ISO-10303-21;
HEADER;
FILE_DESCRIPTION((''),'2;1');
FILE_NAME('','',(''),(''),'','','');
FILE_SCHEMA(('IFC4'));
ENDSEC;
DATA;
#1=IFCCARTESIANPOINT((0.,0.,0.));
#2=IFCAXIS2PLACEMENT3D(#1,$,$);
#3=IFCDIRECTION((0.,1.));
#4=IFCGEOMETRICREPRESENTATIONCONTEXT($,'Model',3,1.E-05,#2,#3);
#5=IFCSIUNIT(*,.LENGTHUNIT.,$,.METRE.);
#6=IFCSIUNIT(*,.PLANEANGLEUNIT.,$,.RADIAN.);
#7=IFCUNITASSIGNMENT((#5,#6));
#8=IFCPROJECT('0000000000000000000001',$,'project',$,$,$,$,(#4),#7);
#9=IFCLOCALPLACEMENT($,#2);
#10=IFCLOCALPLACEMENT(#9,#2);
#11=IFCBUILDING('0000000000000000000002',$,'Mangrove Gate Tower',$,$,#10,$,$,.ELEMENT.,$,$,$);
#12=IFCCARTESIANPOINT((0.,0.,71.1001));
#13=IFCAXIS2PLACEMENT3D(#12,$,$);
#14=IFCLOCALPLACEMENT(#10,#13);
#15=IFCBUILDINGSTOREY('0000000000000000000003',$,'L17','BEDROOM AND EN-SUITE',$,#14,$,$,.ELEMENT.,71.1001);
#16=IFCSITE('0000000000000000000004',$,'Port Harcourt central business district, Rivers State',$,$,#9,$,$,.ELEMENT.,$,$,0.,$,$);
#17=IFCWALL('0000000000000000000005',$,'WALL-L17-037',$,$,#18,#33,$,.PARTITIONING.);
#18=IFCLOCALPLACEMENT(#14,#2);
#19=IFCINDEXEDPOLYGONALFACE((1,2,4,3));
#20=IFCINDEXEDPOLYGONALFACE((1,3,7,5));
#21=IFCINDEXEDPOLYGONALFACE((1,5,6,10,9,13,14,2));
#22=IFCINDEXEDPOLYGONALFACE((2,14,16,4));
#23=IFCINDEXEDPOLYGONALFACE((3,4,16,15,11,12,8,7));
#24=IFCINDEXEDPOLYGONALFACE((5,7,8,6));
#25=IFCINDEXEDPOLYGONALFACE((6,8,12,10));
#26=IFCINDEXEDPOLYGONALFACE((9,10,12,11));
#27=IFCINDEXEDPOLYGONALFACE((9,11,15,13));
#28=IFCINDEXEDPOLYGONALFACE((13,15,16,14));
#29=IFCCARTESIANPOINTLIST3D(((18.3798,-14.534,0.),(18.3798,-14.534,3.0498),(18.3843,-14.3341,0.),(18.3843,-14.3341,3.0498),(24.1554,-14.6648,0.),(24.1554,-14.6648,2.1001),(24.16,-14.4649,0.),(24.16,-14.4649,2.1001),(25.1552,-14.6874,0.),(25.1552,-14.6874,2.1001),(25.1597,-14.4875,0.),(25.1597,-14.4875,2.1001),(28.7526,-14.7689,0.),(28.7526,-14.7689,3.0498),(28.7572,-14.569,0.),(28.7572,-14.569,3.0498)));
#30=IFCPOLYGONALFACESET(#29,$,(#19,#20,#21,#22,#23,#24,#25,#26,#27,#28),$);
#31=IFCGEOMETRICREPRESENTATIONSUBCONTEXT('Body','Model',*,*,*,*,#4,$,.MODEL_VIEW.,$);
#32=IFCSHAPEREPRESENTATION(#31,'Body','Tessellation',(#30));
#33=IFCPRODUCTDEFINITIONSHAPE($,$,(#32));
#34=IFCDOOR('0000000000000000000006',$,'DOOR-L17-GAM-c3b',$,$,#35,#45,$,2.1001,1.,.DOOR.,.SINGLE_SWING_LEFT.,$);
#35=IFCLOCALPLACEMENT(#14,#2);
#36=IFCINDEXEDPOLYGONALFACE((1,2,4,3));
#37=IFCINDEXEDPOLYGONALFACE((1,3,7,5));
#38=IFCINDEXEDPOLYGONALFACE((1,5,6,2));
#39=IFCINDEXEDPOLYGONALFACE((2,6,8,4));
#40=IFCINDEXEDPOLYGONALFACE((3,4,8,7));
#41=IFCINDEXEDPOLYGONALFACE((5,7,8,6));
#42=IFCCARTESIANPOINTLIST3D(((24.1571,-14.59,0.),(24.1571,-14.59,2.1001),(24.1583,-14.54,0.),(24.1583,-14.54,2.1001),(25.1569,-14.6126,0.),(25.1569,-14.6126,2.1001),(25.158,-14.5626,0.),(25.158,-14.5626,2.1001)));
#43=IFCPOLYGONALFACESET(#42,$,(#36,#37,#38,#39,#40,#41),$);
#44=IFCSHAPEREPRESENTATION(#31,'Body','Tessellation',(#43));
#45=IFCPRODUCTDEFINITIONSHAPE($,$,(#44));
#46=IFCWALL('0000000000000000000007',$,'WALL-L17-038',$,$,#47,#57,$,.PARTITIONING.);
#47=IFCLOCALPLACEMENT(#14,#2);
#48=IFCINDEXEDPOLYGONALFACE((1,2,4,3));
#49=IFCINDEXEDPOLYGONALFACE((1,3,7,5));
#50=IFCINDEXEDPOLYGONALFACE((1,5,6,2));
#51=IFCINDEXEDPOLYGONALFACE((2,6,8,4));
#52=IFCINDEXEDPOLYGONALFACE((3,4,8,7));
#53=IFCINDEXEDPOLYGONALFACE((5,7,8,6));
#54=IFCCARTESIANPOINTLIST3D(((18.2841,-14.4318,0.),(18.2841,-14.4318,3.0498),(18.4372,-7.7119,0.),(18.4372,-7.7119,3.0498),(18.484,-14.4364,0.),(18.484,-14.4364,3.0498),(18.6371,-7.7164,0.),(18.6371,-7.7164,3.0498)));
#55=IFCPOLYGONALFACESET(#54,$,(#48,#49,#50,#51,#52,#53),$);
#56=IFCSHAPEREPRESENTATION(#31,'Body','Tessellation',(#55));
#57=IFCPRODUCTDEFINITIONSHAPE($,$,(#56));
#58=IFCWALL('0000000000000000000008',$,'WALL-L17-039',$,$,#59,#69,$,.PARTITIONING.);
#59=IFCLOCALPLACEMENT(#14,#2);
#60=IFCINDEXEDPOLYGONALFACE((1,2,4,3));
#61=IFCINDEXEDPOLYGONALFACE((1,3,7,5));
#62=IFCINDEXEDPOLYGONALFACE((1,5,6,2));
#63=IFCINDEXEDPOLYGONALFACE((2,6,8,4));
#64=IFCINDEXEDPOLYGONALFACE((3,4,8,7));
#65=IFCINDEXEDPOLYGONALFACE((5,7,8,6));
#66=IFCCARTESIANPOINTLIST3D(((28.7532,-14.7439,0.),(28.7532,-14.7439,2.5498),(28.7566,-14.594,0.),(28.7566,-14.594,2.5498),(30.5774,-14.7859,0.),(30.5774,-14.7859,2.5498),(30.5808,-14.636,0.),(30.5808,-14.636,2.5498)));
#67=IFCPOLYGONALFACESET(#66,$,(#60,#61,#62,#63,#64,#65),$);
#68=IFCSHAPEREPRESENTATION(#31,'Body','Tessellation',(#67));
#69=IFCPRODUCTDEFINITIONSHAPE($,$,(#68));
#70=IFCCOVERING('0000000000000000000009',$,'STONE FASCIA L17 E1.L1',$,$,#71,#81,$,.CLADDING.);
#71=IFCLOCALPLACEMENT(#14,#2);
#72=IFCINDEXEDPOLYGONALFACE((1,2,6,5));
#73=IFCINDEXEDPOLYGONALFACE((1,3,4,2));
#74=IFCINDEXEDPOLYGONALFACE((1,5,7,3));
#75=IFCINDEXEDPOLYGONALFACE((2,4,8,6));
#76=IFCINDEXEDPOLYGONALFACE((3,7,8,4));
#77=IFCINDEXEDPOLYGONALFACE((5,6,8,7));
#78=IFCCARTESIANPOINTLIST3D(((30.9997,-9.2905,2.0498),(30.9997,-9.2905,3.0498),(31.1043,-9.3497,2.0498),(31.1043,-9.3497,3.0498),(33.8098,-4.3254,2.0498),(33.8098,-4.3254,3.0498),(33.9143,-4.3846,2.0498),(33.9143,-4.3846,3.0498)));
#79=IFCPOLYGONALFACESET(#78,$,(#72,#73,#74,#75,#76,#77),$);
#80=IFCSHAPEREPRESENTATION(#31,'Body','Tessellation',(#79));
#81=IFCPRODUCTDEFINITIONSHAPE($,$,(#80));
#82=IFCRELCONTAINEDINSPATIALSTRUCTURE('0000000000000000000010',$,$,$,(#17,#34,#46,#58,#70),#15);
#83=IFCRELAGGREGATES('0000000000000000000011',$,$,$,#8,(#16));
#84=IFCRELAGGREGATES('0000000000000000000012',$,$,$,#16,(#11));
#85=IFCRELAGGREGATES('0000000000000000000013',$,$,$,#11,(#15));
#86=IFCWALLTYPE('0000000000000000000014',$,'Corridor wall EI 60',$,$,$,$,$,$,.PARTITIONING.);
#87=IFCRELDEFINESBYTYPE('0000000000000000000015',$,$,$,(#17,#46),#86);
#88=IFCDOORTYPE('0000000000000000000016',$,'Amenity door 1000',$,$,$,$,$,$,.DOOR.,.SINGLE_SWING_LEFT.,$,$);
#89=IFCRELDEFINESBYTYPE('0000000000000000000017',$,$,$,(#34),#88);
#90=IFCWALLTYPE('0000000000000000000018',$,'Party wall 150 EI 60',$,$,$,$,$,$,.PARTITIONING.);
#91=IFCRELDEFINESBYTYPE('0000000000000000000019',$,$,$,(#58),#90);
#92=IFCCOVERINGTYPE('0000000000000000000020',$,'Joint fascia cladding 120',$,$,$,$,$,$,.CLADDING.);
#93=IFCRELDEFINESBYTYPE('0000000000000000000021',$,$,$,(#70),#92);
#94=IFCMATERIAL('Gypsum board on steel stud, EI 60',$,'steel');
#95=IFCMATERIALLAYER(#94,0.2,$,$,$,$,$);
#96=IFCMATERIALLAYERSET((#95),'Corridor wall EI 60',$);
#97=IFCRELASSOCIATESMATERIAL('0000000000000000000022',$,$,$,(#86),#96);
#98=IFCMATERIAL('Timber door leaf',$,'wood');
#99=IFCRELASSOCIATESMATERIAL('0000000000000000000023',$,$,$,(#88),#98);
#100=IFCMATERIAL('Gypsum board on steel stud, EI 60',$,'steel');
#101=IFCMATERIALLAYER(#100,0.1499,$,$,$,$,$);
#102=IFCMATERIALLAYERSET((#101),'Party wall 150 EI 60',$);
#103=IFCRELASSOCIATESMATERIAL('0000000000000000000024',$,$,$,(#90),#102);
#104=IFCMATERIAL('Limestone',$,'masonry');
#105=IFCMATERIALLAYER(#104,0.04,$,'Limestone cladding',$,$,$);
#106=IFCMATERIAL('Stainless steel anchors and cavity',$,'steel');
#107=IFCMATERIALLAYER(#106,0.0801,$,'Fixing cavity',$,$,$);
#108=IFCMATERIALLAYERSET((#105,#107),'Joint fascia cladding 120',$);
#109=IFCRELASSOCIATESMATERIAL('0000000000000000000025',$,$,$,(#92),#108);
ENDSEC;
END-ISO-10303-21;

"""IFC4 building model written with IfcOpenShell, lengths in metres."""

from ifc_helpers import new_model, si_unit, direction, frame, frame_2d, origin, place, context, subcontext, project, spatial, rectangle, extrude, material, layer, layer_set, type_object, element, fill, save


model = new_model("IFC4")

# Units and contexts
model_context = context("Model", 3, precision=1e-05, world=origin(), true_north=direction((0.0, 1.0)))
body_context = subcontext(model_context, "Body", "Model", "MODEL_VIEW")
ifc_project = project(units=[si_unit("LENGTHUNIT", "METRE"), si_unit("PLANEANGLEUNIT", "RADIAN")], contexts=[model_context])

# Site, building, storey
site_placement = place(None, origin())
site = spatial("IfcSite", under=ifc_project, at=site_placement, Name="Port Harcourt central business district, Rivers State", CompositionType="ELEMENT", RefElevation=0.0)
building_placement = place(site_placement, origin())
building = spatial("IfcBuilding", under=site, at=building_placement, Name="Mangrove Gate Tower", CompositionType="ELEMENT")
storey_placement = place(building_placement, frame((0.0, 0.0, 71.1001)))
storey = spatial("IfcBuildingStorey", under=building, at=storey_placement, Name="L17", Description="BEDROOM AND EN-SUITE", CompositionType="ELEMENT", Elevation=71.1001)

# Shared definitions
ifc_material_1 = material(Name="Gypsum board on steel stud, EI 60", Category="steel")
ifc_layer_1 = layer(ifc_material_1, 0.2)
ifc_layer_set_1 = layer_set([ifc_layer_1], Name="Corridor wall EI 60")
wall_type_1 = type_object("IfcWallType", Name="Corridor wall EI 60", PredefinedType="PARTITIONING", material=ifc_layer_set_1)

# Wall, opening, door
wall_1_placement = place(storey_placement, frame((18.3821, -14.4341, 0.0), z_axis=(0.0, 0.0, 1.0), x_axis=(0.999744, -0.022636, 0.0)))
wall_1 = element("IfcWall", 1, at=wall_1_placement, inside=storey, type_object=wall_type_1, Name="WALL-L17-037", PredefinedType="PARTITIONING", context=body_context, shape_type="SweptSolid", body=[
    extrude(rectangle(XDim=10.3755, YDim=0.2, at=frame_2d((5.1877, 0.0))), origin(), (0.0, 0.0, 1.0), 3.0498),
])
opening_placement = place(wall_1_placement, frame((5.7771, 0.0, 0.0)))
opening = element("IfcOpeningElement", 2, at=opening_placement, cuts=wall_1, PredefinedType="OPENING", context=body_context, shape_type="SweptSolid", body=[
    extrude(rectangle(XDim=1.0, YDim=2.1001, at=frame_2d((0.5, 1.05))), frame((0.0, 0.1099, 0.0), z_axis=(0.0, -1.0, 0.0), x_axis=(1.0, 0.0, 0.0)), (0.0, 0.0, 1.0), 0.22),
])
ifc_material_2 = material(Name="Timber door leaf", Category="wood")
door_type = type_object("IfcDoorType", Name="Amenity door 1000", OperationType="SINGLE_SWING_LEFT", PredefinedType="DOOR", material=ifc_material_2)
door_placement = place(opening_placement, origin())
door = element("IfcDoor", 3, at=door_placement, inside=storey, type_object=door_type, Name="DOOR-L17-GAM-c3b", OperationType="SINGLE_SWING_LEFT", OverallHeight=2.1001, OverallWidth=1.0, PredefinedType="DOOR", context=body_context, shape_type="SweptSolid", body=[
    extrude(rectangle(XDim=1.0, YDim=2.1001, at=frame_2d((0.5, 1.05))), frame((0.0, 0.0249, 0.0), z_axis=(0.0, -1.0, 0.0), x_axis=(1.0, 0.0, 0.0)), (0.0, 0.0, 1.0), 0.05),
])
fill(opening, door)

# Walls
wall_2_placement = place(storey_placement, frame((18.384, -14.4341, 0.0), z_axis=(0.0, 0.0, 1.0), x_axis=(0.022773, 0.999741, 0.0)))
element("IfcWall", 4, at=wall_2_placement, inside=storey, type_object=wall_type_1, Name="WALL-L17-038", PredefinedType="PARTITIONING", context=body_context, shape_type="SweptSolid", body=[
    extrude(rectangle(XDim=6.7217, YDim=0.2, at=frame_2d((3.3608, 0.0))), origin(), (0.0, 0.0, 1.0), 3.0498),
])
ifc_material_3 = material(Name="Gypsum board on steel stud, EI 60", Category="steel")
ifc_layer_2 = layer(ifc_material_3, 0.1499)
ifc_layer_set_2 = layer_set([ifc_layer_2], Name="Party wall 150 EI 60")
wall_type_2 = type_object("IfcWallType", Name="Party wall 150 EI 60", PredefinedType="PARTITIONING", material=ifc_layer_set_2)
wall_3_placement = place(storey_placement, frame((28.7549, -14.6689, 0.0), z_axis=(0.0, 0.0, 1.0), x_axis=(0.999735, -0.023013, 0.0)))
element("IfcWall", 5, at=wall_3_placement, inside=storey, type_object=wall_type_2, Name="WALL-L17-039", PredefinedType="PARTITIONING", context=body_context, shape_type="SweptSolid", body=[
    extrude(rectangle(XDim=1.8247, YDim=0.1499, at=frame_2d((0.9124, 0.0))), origin(), (0.0, 0.0, 1.0), 2.5498),
])

# Covering
ifc_material_4 = material(Name="Limestone", Category="masonry")
ifc_layer_3 = layer(ifc_material_4, 0.04, Name="Limestone cladding")
ifc_material_5 = material(Name="Stainless steel anchors and cavity", Category="steel")
ifc_layer_4 = layer(ifc_material_5, 0.0801, Name="Fixing cavity")
ifc_layer_set_3 = layer_set([ifc_layer_3, ifc_layer_4], Name="Joint fascia cladding 120")
covering_type = type_object("IfcCoveringType", Name="Joint fascia cladding 120", PredefinedType="CLADDING", material=ifc_layer_set_3)
covering_placement = place(storey_placement, frame((31.052, -9.3201, 2.0498), z_axis=(0.0, 0.0, 1.0), x_axis=(0.492549, 0.870285, 0.0)))
element("IfcCovering", 6, at=covering_placement, inside=storey, type_object=covering_type, Name="STONE FASCIA L17 E1.L1", PredefinedType="CLADDING", context=body_context, shape_type="SweptSolid", body=[
    extrude(rectangle(XDim=5.7051, YDim=0.1201, at=frame_2d((2.8525, 0.0))), origin(), (0.0, 0.0, 1.0), 1.0),
])

save(model, "model.ifc")
